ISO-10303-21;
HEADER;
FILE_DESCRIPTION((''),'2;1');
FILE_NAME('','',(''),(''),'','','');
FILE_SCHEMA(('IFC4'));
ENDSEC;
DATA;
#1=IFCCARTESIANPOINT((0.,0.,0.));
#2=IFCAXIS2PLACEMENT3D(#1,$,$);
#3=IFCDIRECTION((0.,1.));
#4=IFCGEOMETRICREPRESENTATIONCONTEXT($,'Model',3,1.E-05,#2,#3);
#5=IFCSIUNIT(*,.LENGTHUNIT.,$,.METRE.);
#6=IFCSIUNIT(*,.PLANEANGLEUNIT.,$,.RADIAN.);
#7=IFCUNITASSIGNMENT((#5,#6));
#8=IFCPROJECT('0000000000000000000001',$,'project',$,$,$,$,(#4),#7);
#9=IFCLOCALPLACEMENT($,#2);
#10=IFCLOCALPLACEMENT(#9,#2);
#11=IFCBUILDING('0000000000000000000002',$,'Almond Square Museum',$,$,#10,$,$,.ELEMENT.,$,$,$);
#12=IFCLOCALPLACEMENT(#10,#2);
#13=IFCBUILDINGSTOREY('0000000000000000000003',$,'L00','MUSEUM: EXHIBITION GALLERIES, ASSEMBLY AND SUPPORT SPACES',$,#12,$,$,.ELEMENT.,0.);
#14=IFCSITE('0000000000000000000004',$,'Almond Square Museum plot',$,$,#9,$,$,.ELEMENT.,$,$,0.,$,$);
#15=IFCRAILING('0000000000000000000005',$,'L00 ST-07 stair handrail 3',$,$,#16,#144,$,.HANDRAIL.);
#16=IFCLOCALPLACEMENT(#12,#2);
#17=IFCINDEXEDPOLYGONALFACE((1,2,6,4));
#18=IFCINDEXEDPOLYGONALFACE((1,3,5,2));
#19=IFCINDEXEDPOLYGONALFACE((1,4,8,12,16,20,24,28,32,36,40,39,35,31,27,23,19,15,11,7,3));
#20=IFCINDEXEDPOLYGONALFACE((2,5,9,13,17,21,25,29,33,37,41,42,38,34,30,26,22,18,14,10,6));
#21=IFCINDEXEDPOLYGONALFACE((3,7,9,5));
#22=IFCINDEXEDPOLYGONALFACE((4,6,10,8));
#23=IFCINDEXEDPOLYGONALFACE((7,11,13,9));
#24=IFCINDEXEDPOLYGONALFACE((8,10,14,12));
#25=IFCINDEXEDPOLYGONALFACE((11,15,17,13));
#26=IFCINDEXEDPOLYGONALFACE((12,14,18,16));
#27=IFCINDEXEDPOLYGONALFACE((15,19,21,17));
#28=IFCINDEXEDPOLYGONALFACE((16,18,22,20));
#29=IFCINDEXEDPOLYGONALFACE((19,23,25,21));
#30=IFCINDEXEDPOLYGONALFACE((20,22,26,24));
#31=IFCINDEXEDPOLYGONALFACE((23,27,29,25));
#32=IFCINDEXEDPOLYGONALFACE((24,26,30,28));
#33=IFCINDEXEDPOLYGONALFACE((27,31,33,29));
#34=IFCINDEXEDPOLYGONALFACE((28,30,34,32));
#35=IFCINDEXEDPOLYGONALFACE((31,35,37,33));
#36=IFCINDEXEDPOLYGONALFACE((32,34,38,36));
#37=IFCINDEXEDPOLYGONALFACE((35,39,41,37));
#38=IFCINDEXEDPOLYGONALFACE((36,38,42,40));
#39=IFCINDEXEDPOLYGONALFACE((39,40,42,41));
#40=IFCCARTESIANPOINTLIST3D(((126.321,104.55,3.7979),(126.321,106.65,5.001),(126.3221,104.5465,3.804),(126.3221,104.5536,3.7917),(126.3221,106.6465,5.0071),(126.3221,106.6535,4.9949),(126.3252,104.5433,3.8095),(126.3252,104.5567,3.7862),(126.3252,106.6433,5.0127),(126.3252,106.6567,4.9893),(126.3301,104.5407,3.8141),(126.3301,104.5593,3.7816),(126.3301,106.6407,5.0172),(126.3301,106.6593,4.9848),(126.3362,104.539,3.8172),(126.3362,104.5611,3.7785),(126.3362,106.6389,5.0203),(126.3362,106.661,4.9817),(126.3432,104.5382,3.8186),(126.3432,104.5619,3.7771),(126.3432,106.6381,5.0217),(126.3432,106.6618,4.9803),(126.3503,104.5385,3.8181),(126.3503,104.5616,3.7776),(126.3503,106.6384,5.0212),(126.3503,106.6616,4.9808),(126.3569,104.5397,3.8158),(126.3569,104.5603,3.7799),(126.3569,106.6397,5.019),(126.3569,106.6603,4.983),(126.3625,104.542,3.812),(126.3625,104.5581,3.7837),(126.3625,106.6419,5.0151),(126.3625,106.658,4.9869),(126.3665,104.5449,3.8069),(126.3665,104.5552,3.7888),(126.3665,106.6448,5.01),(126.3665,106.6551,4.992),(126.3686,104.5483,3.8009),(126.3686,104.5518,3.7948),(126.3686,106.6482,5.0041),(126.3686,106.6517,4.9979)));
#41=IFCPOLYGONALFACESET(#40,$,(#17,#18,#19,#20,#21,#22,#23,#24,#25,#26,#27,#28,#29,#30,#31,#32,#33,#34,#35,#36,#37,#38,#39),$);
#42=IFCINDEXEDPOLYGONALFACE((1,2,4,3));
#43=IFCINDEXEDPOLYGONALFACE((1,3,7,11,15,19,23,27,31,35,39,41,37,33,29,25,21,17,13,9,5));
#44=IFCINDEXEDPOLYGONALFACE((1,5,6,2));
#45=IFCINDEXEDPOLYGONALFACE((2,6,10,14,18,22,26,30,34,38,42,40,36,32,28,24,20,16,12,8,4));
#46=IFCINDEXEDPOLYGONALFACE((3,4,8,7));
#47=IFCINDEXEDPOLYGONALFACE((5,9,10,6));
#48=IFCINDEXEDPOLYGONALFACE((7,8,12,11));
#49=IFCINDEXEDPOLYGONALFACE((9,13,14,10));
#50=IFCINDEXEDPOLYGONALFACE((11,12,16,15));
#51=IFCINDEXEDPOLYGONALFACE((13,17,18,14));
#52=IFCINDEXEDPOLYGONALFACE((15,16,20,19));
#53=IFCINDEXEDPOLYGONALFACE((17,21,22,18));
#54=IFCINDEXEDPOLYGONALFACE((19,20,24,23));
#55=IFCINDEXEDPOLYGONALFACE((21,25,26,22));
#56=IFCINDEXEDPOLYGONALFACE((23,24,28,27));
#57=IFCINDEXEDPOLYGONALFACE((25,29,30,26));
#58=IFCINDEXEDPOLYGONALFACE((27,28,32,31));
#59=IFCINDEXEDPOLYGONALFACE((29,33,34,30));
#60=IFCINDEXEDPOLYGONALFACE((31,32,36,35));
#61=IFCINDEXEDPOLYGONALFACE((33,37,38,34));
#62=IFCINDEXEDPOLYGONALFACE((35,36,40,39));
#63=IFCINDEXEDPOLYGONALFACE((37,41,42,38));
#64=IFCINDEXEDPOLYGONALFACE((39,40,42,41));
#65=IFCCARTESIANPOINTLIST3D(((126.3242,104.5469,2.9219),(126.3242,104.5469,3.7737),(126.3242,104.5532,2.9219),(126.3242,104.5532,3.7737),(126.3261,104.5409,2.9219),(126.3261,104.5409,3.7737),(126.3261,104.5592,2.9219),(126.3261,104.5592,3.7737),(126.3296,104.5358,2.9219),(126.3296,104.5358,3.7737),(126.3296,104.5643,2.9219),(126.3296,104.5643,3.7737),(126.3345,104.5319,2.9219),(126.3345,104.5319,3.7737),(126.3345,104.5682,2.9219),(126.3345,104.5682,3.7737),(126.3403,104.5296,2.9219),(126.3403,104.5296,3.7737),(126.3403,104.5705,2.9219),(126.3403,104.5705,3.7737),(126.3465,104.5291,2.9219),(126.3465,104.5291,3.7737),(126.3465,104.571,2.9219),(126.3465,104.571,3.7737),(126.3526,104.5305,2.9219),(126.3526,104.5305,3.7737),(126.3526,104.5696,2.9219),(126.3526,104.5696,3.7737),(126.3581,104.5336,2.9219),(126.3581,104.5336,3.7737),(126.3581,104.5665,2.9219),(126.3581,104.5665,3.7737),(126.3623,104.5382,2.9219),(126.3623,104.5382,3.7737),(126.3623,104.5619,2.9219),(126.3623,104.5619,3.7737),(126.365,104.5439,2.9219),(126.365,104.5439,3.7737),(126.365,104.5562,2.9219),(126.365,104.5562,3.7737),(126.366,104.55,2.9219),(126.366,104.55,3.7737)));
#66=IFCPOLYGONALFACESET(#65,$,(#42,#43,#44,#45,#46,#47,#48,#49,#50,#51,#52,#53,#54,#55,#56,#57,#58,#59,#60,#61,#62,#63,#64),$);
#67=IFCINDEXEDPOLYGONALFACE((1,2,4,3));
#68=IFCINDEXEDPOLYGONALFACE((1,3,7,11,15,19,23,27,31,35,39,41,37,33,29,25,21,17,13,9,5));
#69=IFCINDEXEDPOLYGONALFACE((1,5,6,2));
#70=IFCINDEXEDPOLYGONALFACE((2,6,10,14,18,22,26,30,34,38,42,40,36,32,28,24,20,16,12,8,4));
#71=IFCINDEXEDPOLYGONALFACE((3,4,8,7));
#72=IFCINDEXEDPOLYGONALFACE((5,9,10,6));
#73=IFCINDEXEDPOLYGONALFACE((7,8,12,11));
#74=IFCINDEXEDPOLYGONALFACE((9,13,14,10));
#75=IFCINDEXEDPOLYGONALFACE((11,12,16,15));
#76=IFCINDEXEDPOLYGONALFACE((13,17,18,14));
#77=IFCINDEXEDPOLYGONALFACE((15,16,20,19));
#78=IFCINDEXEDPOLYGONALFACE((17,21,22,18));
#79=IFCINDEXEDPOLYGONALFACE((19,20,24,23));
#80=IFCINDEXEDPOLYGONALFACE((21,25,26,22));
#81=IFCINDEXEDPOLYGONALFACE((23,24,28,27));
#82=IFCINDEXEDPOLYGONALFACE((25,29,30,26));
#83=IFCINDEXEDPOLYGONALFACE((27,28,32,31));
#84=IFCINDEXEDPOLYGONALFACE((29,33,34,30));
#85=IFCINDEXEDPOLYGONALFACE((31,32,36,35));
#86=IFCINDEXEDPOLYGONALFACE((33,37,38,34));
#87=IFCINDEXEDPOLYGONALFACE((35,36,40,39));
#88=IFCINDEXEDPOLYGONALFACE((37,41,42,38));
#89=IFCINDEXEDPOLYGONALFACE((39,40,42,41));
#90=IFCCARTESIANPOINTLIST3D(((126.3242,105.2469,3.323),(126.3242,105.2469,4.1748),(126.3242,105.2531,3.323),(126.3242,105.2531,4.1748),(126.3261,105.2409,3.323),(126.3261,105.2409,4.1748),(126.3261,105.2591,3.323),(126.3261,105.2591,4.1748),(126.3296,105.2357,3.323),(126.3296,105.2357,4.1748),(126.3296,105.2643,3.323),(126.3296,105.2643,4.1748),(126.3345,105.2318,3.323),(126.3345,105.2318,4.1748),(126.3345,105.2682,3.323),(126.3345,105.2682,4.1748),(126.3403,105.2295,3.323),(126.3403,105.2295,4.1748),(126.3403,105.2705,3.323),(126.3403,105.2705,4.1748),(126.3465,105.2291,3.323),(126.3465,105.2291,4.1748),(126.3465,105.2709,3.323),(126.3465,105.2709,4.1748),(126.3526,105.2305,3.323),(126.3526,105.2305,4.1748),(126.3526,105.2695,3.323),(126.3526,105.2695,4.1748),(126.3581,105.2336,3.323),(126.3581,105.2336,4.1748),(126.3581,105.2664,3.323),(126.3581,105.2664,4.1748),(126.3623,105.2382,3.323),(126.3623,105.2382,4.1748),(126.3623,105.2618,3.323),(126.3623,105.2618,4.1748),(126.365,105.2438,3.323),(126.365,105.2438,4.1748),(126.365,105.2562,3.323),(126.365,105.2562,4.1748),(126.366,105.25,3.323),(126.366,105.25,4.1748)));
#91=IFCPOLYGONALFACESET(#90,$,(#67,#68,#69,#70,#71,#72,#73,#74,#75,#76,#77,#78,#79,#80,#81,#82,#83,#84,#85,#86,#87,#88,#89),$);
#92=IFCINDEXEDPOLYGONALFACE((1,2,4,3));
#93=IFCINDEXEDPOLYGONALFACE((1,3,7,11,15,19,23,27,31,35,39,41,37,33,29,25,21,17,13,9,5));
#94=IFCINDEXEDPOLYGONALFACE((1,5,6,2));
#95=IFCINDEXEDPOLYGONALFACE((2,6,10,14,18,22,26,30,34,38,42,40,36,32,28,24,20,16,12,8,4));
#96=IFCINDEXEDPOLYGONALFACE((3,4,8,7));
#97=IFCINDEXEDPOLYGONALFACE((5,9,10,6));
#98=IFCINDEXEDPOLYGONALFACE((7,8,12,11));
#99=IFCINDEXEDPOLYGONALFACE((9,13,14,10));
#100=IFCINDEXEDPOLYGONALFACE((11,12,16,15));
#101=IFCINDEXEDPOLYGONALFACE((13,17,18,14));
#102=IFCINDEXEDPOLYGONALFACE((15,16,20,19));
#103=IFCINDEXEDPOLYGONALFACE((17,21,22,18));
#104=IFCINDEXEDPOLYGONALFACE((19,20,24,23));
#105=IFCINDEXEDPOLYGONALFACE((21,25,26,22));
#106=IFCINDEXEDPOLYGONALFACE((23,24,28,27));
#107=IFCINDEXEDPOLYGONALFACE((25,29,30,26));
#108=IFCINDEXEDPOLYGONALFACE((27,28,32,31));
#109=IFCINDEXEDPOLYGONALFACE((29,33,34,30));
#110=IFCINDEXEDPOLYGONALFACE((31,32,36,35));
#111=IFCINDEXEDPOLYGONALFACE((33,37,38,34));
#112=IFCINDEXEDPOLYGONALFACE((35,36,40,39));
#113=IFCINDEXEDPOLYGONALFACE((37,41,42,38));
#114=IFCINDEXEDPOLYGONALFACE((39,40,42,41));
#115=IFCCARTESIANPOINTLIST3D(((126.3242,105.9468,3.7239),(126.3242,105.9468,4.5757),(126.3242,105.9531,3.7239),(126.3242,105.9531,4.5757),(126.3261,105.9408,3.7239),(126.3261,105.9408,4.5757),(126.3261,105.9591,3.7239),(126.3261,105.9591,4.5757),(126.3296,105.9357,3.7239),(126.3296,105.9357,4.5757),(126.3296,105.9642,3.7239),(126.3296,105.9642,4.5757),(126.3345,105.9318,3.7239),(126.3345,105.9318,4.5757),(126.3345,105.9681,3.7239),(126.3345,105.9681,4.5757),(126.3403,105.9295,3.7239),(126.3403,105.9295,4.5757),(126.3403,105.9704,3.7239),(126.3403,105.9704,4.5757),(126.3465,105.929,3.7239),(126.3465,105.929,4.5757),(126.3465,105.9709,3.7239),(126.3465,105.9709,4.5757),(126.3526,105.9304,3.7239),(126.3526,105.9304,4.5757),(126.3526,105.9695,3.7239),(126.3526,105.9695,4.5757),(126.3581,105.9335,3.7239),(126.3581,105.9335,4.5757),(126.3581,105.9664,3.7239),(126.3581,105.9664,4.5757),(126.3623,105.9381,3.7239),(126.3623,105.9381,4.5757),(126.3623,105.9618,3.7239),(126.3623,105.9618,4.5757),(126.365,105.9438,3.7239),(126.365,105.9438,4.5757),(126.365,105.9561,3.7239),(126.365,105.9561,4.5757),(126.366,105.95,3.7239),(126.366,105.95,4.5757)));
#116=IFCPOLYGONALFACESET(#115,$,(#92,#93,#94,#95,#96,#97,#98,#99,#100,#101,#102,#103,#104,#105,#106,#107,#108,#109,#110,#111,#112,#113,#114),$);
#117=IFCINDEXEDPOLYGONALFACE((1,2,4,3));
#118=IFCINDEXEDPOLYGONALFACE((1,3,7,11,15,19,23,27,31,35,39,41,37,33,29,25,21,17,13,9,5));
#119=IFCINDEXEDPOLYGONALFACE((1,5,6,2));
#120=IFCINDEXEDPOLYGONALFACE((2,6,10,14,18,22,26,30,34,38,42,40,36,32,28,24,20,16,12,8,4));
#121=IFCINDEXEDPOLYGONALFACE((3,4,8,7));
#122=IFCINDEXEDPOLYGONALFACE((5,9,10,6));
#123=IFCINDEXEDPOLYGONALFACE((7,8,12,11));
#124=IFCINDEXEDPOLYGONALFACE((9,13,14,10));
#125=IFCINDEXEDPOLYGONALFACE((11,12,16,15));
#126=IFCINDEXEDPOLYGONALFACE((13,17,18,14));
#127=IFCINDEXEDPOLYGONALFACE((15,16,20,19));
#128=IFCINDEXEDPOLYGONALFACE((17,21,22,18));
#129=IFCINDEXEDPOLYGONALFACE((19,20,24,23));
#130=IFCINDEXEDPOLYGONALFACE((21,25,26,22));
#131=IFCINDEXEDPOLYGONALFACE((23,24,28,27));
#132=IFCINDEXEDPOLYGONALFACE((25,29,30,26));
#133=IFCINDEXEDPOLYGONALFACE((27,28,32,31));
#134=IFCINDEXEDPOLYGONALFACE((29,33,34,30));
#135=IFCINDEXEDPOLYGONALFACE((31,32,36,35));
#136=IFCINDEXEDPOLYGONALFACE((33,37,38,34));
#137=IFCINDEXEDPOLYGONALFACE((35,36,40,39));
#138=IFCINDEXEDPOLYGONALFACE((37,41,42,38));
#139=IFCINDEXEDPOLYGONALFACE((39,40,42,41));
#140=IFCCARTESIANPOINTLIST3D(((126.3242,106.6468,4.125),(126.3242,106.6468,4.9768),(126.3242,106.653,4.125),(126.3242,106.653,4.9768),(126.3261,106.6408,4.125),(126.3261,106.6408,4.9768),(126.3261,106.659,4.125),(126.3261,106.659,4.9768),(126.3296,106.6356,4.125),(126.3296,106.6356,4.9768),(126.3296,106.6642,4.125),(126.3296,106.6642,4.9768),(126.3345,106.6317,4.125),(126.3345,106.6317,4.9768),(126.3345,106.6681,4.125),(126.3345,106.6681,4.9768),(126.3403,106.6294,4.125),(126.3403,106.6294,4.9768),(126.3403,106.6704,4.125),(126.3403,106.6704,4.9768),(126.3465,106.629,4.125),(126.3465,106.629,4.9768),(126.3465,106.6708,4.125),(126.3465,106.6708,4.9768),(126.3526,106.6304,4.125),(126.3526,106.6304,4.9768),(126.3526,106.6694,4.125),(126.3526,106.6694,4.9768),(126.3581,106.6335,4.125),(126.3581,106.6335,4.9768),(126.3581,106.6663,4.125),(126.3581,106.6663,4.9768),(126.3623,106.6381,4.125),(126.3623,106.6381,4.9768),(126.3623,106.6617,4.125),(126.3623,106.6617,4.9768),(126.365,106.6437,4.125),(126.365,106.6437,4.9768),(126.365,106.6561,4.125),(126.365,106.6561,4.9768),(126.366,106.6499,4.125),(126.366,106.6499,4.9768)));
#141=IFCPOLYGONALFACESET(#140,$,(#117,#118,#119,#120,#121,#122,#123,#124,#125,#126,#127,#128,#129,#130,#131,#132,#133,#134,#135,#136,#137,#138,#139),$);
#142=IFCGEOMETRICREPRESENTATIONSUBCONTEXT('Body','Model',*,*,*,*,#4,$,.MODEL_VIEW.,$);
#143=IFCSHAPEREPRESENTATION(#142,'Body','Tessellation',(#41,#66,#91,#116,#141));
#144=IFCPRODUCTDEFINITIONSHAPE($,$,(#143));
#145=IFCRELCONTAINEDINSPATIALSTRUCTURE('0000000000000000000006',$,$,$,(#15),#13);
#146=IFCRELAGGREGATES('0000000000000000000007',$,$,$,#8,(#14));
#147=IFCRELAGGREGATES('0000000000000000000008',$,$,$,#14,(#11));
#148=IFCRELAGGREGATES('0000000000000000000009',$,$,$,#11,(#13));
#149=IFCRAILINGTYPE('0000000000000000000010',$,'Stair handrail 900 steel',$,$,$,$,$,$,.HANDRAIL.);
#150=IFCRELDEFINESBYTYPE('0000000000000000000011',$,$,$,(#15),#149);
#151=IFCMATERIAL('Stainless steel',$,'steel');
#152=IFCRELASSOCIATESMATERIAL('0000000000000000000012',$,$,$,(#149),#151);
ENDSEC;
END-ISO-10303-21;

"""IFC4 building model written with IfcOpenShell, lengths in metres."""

from ifc_helpers import new_model, si_unit, direction, frame, origin, origin_2d, place, context, subcontext, project, spatial, circle, extrude, material, type_object, element, save


model = new_model("IFC4")

# Units and contexts
model_context = context("Model", 3, precision=1e-05, world=origin(), true_north=direction((0.0, 1.0)))
body_context = subcontext(model_context, "Body", "Model", "MODEL_VIEW")
ifc_project = project(units=[si_unit("LENGTHUNIT", "METRE"), si_unit("PLANEANGLEUNIT", "RADIAN")], contexts=[model_context])

# Site, building, storey
site_placement = place(None, origin())
site = spatial("IfcSite", under=ifc_project, at=site_placement, Name="Almond Square Museum plot", CompositionType="ELEMENT", RefElevation=0.0)
building_placement = place(site_placement, origin())
building = spatial("IfcBuilding", under=site, at=building_placement, Name="Almond Square Museum", CompositionType="ELEMENT")
storey_placement = place(building_placement, origin())
storey = spatial("IfcBuildingStorey", under=building, at=storey_placement, Name="L00", Description="MUSEUM: EXHIBITION GALLERIES, ASSEMBLY AND SUPPORT SPACES", CompositionType="ELEMENT", Elevation=0.0)

# Railing
ifc_material_1 = material(Name="Stainless steel", Category="steel")
railing_type_1 = type_object("IfcRailingType", Name="Stair handrail 900 steel", PredefinedType="HANDRAIL", material=ifc_material_1)
for number, where, name in (
    (1, (126.345, 104.55, 2.9219), "L00 ST-07 stair handrail 3"),
):
    element("IfcRailing", number, at=place(storey_placement, frame(where)), inside=storey, type_object=railing_type_1, Name=name, PredefinedType="HANDRAIL", context=body_context, shape_type="SweptSolid", body=[
        extrude(circle(Radius=0.0239, at=origin_2d()), frame((0.0, 0.0, 0.876), z_axis=(0.0, 0.867671, 0.497138), x_axis=(-1.0, 0.0, 0.0)), (0.0, 0.0, 1.0), 2.4202),
        extrude(circle(Radius=0.021, at=origin_2d()), origin(), (0.0, 0.0, 1.0), 0.8518),
        extrude(circle(Radius=0.021, at=origin_2d()), frame((0.0, 0.7, 0.4011)), (0.0, 0.0, 1.0), 0.8518),
        extrude(circle(Radius=0.021, at=origin_2d()), frame((0.0, 1.3999, 0.802)), (0.0, 0.0, 1.0), 0.8518),
        extrude(circle(Radius=0.021, at=origin_2d()), frame((0.0, 2.0999, 1.2031)), (0.0, 0.0, 1.0), 0.8518),
    ])

save(model, "model.ifc")
